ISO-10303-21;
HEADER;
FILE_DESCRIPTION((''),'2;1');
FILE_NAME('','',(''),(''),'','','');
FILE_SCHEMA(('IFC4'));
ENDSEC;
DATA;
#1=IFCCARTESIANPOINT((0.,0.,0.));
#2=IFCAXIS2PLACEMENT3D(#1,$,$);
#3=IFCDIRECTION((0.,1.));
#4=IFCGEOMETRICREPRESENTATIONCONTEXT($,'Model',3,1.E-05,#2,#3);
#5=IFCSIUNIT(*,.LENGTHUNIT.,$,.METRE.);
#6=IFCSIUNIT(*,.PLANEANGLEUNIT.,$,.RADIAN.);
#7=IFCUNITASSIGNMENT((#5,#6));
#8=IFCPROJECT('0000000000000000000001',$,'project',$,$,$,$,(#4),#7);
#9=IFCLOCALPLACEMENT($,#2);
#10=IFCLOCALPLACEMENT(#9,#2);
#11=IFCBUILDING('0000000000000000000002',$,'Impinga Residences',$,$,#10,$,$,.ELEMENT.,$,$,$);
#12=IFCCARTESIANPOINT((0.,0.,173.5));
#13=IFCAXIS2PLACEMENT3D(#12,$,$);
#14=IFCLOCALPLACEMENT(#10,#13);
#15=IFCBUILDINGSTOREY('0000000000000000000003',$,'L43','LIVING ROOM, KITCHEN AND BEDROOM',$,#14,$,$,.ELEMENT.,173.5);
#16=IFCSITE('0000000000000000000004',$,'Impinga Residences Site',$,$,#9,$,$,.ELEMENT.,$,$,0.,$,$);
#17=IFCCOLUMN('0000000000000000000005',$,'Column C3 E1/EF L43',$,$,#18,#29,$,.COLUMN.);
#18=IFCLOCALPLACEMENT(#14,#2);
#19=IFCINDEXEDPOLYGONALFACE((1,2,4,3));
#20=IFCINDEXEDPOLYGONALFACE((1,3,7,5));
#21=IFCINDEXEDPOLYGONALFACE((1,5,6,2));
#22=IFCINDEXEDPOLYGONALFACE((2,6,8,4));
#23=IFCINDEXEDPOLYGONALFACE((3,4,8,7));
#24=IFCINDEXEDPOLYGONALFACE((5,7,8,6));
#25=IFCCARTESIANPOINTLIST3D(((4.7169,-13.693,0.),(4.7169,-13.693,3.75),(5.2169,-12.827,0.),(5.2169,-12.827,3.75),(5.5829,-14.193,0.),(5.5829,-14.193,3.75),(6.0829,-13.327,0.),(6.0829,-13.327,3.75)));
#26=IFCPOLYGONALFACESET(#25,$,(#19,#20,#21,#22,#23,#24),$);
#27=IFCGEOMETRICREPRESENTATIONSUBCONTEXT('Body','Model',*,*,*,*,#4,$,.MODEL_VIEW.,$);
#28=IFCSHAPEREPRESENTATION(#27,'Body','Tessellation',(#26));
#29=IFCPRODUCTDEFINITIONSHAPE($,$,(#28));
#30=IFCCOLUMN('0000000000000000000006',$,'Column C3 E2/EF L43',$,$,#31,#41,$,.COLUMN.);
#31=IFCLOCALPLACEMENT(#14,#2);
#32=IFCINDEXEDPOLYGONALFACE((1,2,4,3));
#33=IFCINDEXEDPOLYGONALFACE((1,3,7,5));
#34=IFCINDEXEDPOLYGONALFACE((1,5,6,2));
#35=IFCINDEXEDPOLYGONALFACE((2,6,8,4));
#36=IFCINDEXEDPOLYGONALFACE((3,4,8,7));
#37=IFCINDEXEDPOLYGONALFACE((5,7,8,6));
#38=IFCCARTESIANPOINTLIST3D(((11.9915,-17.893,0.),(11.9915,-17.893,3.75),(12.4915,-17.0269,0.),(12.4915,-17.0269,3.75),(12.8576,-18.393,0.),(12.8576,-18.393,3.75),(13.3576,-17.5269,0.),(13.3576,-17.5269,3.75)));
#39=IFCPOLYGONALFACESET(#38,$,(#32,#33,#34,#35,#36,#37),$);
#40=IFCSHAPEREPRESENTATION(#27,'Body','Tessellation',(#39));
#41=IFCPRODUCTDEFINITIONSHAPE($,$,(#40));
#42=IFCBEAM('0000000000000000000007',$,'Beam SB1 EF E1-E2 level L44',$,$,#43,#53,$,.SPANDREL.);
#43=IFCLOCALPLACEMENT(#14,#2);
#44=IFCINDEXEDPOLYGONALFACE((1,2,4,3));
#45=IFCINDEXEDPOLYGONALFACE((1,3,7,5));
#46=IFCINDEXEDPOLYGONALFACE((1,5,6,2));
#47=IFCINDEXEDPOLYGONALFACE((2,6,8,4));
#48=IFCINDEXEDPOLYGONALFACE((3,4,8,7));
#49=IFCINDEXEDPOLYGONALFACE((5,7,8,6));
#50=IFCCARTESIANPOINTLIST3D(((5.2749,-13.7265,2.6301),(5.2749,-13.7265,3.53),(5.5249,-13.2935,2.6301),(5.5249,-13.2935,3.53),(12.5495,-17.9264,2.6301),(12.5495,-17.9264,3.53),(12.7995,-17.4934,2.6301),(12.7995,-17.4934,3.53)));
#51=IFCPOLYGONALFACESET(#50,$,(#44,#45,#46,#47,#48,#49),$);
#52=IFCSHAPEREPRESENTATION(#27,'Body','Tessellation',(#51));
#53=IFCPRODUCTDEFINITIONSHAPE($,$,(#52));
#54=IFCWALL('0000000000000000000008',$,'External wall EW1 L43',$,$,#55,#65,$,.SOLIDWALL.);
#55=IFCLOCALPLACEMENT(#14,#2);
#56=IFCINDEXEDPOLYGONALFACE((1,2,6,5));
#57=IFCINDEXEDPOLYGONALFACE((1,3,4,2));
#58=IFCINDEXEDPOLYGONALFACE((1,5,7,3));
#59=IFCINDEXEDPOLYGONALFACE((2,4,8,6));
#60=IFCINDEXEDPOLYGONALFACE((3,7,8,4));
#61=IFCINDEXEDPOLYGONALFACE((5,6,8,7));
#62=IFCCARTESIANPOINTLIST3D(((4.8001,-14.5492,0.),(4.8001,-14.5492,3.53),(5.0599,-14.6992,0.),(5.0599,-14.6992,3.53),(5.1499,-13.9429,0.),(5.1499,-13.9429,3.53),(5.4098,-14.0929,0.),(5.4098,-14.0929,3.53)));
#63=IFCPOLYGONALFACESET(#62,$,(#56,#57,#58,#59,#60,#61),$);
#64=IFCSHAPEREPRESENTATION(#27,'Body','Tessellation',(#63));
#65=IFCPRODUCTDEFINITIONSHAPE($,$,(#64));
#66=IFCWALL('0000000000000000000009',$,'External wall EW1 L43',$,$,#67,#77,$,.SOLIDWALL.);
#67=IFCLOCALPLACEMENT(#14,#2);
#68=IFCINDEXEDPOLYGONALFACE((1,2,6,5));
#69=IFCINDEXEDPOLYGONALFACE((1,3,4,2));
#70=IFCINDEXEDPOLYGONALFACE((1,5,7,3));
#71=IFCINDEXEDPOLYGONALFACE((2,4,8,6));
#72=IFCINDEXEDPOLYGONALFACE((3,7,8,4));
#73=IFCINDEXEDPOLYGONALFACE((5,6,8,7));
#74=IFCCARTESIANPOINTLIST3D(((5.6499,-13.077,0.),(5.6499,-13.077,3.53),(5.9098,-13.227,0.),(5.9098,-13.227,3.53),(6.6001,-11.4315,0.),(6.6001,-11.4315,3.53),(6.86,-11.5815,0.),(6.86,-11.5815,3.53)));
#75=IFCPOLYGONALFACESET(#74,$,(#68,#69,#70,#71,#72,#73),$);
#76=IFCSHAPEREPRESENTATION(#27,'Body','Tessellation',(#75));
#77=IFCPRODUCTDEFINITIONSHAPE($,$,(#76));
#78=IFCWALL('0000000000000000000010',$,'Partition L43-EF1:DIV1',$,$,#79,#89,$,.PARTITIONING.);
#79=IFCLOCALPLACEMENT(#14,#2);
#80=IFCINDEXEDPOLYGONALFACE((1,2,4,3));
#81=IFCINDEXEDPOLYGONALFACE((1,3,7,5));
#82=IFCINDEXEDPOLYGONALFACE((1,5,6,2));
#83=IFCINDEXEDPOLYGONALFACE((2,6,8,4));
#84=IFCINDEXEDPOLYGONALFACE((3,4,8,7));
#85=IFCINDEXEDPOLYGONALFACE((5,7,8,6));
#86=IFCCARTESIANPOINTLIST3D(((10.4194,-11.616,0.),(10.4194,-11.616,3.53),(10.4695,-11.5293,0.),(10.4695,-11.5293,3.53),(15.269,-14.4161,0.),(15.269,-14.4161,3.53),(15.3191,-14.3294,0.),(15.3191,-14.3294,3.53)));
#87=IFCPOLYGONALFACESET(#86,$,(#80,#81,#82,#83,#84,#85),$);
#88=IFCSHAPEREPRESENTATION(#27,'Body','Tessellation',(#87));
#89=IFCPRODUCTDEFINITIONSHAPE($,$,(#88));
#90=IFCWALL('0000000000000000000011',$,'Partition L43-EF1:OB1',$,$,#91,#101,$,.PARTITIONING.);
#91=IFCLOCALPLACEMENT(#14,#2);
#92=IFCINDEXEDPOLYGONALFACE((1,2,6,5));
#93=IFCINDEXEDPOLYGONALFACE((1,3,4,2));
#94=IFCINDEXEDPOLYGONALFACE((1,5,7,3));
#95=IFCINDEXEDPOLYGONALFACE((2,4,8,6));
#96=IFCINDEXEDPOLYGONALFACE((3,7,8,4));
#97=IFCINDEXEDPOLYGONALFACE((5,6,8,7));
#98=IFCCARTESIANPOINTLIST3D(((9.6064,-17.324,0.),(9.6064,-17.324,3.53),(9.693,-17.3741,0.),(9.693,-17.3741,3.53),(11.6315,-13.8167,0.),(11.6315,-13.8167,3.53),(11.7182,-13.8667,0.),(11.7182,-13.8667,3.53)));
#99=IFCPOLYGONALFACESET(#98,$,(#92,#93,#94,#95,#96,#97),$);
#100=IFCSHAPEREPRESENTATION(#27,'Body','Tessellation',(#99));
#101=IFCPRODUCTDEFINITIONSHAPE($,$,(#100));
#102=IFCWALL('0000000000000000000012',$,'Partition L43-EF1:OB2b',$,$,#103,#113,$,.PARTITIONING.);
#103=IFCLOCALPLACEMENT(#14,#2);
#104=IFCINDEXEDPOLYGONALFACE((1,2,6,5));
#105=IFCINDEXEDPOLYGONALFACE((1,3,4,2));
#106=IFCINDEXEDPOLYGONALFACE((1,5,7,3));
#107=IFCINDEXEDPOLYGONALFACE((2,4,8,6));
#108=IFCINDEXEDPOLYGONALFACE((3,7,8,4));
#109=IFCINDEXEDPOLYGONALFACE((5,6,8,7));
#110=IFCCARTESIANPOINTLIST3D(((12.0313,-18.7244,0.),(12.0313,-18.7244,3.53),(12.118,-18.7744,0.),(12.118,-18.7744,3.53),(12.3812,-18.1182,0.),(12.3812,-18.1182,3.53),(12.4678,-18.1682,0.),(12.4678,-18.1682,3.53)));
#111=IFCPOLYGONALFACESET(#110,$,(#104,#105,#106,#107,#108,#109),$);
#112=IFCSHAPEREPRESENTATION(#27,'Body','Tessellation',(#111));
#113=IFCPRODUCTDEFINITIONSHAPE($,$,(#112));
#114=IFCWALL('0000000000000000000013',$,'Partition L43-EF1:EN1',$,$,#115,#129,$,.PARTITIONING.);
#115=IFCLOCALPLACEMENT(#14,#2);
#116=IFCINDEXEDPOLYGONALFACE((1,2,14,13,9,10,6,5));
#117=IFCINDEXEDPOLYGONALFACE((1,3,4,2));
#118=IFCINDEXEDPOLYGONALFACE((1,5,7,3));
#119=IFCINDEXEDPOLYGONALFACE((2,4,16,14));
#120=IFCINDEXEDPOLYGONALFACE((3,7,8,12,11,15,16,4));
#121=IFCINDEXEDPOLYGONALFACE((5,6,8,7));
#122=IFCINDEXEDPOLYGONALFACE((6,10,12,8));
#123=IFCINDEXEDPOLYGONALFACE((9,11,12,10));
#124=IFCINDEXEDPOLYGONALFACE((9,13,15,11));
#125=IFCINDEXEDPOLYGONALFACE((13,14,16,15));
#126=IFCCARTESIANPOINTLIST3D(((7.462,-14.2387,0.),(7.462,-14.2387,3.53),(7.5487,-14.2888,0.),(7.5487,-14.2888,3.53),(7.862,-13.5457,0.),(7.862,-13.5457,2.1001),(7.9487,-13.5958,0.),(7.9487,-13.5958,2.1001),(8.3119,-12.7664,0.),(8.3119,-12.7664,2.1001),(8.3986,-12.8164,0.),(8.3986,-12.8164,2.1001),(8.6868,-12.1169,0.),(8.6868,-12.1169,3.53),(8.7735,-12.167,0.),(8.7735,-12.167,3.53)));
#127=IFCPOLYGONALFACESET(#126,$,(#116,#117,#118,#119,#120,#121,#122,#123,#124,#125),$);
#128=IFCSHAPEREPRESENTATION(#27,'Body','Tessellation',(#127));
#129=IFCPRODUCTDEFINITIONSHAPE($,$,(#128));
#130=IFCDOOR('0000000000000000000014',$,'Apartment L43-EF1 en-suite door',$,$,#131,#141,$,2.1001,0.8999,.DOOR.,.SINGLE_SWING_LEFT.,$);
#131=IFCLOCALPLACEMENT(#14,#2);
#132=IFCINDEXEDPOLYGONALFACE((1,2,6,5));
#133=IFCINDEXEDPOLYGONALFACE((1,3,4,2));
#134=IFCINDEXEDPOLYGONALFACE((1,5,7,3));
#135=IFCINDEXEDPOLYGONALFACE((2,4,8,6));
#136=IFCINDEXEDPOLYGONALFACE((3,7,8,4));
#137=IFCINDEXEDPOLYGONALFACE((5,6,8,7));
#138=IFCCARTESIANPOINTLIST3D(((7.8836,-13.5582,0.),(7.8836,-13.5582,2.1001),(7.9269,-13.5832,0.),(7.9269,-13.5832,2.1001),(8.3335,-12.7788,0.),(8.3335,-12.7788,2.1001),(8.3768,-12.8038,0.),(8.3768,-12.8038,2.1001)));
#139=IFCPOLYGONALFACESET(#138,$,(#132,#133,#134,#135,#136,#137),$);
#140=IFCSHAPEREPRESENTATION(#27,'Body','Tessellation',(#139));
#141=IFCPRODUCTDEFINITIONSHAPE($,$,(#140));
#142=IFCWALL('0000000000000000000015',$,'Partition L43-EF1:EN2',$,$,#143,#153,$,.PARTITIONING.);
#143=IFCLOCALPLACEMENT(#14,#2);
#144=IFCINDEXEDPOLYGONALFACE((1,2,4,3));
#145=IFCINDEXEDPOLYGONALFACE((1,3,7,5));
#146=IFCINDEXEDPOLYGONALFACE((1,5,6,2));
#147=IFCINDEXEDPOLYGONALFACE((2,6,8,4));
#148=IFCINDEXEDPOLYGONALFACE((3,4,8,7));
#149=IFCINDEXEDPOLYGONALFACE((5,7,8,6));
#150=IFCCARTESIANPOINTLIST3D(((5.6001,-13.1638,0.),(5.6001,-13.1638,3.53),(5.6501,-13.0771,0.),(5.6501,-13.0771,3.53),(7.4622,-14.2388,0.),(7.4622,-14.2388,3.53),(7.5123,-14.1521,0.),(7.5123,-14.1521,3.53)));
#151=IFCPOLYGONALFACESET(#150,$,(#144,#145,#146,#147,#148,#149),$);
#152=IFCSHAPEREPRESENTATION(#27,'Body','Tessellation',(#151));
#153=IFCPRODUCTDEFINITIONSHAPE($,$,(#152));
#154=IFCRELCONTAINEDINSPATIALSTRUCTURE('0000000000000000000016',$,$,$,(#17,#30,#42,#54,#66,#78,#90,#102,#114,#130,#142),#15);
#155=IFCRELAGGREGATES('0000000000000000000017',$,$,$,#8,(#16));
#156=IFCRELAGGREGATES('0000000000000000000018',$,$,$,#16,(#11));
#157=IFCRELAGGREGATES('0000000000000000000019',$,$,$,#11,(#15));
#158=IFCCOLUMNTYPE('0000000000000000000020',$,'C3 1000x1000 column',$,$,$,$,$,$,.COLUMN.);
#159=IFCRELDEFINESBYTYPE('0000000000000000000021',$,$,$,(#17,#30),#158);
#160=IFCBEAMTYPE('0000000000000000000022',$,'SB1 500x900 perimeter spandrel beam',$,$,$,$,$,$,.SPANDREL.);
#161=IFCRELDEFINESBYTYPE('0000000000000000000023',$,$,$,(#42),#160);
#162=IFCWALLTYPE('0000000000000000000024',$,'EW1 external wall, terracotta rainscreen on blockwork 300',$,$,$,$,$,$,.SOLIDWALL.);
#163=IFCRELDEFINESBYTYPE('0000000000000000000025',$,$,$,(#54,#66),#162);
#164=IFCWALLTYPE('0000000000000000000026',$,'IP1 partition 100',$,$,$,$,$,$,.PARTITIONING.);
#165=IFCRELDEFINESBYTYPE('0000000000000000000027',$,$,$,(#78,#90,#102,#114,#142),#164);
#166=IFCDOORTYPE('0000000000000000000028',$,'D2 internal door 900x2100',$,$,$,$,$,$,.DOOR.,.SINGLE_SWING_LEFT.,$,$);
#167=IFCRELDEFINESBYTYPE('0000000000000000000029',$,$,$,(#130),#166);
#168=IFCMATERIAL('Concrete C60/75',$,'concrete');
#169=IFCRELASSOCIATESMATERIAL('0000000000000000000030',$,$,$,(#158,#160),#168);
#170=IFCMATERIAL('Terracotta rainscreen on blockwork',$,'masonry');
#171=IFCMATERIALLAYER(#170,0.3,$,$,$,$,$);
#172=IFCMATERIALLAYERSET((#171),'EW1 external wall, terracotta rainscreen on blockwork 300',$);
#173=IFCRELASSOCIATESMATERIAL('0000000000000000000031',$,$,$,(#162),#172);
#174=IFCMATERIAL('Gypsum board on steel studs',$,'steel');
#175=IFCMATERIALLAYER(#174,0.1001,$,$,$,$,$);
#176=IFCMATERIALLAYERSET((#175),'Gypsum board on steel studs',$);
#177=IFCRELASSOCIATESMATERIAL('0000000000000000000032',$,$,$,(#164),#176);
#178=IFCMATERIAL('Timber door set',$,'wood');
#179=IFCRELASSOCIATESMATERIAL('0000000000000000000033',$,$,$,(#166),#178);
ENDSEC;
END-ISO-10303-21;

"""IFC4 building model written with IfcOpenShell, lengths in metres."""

from ifc_helpers import new_model, si_unit, direction, frame, frame_2d, origin, origin_2d, place, context, subcontext, project, spatial, rectangle, extrude, material, layer, layer_set, material_profile, profile_set, type_object, element, fill, save


model = new_model("IFC4")

# Units and contexts
model_context = context("Model", 3, precision=1e-05, world=origin(), true_north=direction((0.0, 1.0)))
body_context = subcontext(model_context, "Body", "Model", "MODEL_VIEW")
ifc_project = project(units=[si_unit("LENGTHUNIT", "METRE"), si_unit("PLANEANGLEUNIT", "RADIAN")], contexts=[model_context])

# Site, building, storey
site_placement = place(None, origin())
site = spatial("IfcSite", under=ifc_project, at=site_placement, Name="Impinga Residences Site", CompositionType="ELEMENT", RefElevation=0.0)
building_placement = place(site_placement, origin())
building = spatial("IfcBuilding", under=site, at=building_placement, Name="Impinga Residences", CompositionType="ELEMENT")
storey_placement = place(building_placement, frame((0.0, 0.0, 173.5)))
storey = spatial("IfcBuildingStorey", under=building, at=storey_placement, Name="L43", Description="LIVING ROOM, KITCHEN AND BEDROOM", CompositionType="ELEMENT", Elevation=173.5)

# Columns
ifc_material_1 = material(Name="Concrete C60/75", Category="concrete")
ifc_material_profile_1 = material_profile(ifc_material_1, rectangle(XDim=1.0, YDim=1.0, at=origin_2d()), Name="RC 1000x1000")
ifc_profile_set_1 = profile_set([ifc_material_profile_1], Name="Concrete C60/75")
column_type = type_object("IfcColumnType", Name="C3 1000x1000 column", PredefinedType="COLUMN", material=ifc_profile_set_1)
for number, where, z_axis, x_axis, name in (
    (1, (5.3999, -13.51, 0.0), (0.0, 0.0, 1.0), (-0.5, -0.866025, 0.0), "Column C3 E1/EF L43"),
    (2, (12.6746, -17.71, 0.0), (0.0, 0.0, 1.0), (-0.5, -0.866025, 0.0), "Column C3 E2/EF L43"),
):
    element("IfcColumn", number, at=place(storey_placement, frame(where, z_axis=z_axis, x_axis=x_axis)), inside=storey, type_object=column_type, Name=name, PredefinedType="COLUMN", context=body_context, shape_type="SweptSolid", body=[
        extrude(rectangle(XDim=1.0, YDim=1.0, at=origin_2d()), origin(), (0.0, 0.0, 1.0), 3.75),
    ])

# Beam
ifc_material_profile_2 = material_profile(ifc_material_1, rectangle(XDim=0.5, YDim=0.8999, at=origin_2d()), Name="RC 500x900")
ifc_profile_set_2 = profile_set([ifc_material_profile_2], Name="Concrete C60/75")
beam_type = type_object("IfcBeamType", Name="SB1 500x900 perimeter spandrel beam", PredefinedType="SPANDREL", material=ifc_profile_set_2)
beam_placement = place(storey_placement, frame((5.3999, -13.51, 3.0801), z_axis=(0.866029, -0.499993, 0.0), x_axis=(0.499993, 0.866029, 0.0)))
element("IfcBeam", 3, at=beam_placement, inside=storey, type_object=beam_type, Name="Beam SB1 EF E1-E2 level L44", PredefinedType="SPANDREL", context=body_context, shape_type="SweptSolid", body=[
    extrude(rectangle(XDim=0.5, YDim=0.8999, at=origin_2d()), origin(), (0.0, 0.0, 1.0), 8.3999),
])

# Walls
ifc_material_2 = material(Name="Terracotta rainscreen on blockwork", Category="masonry")
ifc_layer_1 = layer(ifc_material_2, 0.3)
ifc_layer_set_1 = layer_set([ifc_layer_1], Name="EW1 external wall, terracotta rainscreen on blockwork 300")
wall_type_1 = type_object("IfcWallType", Name="EW1 external wall, terracotta rainscreen on blockwork 300", PredefinedType="SOLIDWALL", material=ifc_layer_set_1)
wall_1_placement = place(storey_placement, frame((4.9299, -14.6243, 0.0), z_axis=(0.0, 0.0, 1.0), x_axis=(0.499853, 0.86611, 0.0)))
element("IfcWall", 4, at=wall_1_placement, inside=storey, type_object=wall_type_1, Name="External wall EW1 L43", PredefinedType="SOLIDWALL", context=body_context, shape_type="SweptSolid", body=[
    extrude(rectangle(XDim=0.7, YDim=0.3, at=frame_2d((0.3501, 0.0))), origin(), (0.0, 0.0, 1.0), 3.53),
])
wall_2_placement = place(storey_placement, frame((5.7798, -13.1521, 0.0), z_axis=(0.0, 0.0, 1.0), x_axis=(0.500064, 0.865989, 0.0)))
element("IfcWall", 5, at=wall_2_placement, inside=storey, type_object=wall_type_1, Name="External wall EW1 L43", PredefinedType="SOLIDWALL", context=body_context, shape_type="SweptSolid", body=[
    extrude(rectangle(XDim=1.9001, YDim=0.3, at=frame_2d((0.9502, 0.0))), origin(), (0.0, 0.0, 1.0), 3.53),
])
ifc_material_3 = material(Name="Gypsum board on steel studs", Category="steel")
ifc_layer_2 = layer(ifc_material_3, 0.1001)
ifc_layer_set_2 = layer_set([ifc_layer_2], Name="Gypsum board on steel studs")
wall_type_2 = type_object("IfcWallType", Name="IP1 partition 100", PredefinedType="PARTITIONING", material=ifc_layer_set_2)
wall_3_placement = place(storey_placement, frame((10.4446, -11.5728, 0.0), z_axis=(0.0, 0.0, 1.0), x_axis=(0.866016, -0.500017, 0.0)))
element("IfcWall", 6, at=wall_3_placement, inside=storey, type_object=wall_type_2, Name="Partition L43-EF1:DIV1", PredefinedType="PARTITIONING", context=body_context, shape_type="SweptSolid", body=[
    extrude(rectangle(XDim=5.5999, YDim=0.1001, at=frame_2d((2.7998, 0.0))), origin(), (0.0, 0.0, 1.0), 3.53),
])
wall_4_placement = place(storey_placement, frame((11.6748, -13.8418, 0.0), z_axis=(0.0, 0.0, 1.0), x_axis=(-0.500036, -0.866005, 0.0)))
element("IfcWall", 7, at=wall_4_placement, inside=storey, type_object=wall_type_2, Name="Partition L43-EF1:OB1", PredefinedType="PARTITIONING", context=body_context, shape_type="SweptSolid", body=[
    extrude(rectangle(XDim=4.05, YDim=0.1001, at=frame_2d((2.0249, 0.0))), origin(), (0.0, 0.0, 1.0), 3.53),
])
wall_5_placement = place(storey_placement, frame((12.4246, -18.1431, 0.0), z_axis=(0.0, 0.0, 1.0), x_axis=(-0.499853, -0.86611, 0.0)))
element("IfcWall", 8, at=wall_5_placement, inside=storey, type_object=wall_type_2, Name="Partition L43-EF1:OB2b", PredefinedType="PARTITIONING", context=body_context, shape_type="SweptSolid", body=[
    extrude(rectangle(XDim=0.7, YDim=0.1001, at=frame_2d((0.3501, 0.0))), origin(), (0.0, 0.0, 1.0), 3.53),
])

# Wall, opening, door
wall_6_placement = place(storey_placement, frame((8.7302, -12.1418, 0.0), z_axis=(0.0, 0.0, 1.0), x_axis=(-0.499944, -0.866058, 0.0)))
wall_6 = element("IfcWall", 9, at=wall_6_placement, inside=storey, type_object=wall_type_2, Name="Partition L43-EF1:EN1", PredefinedType="PARTITIONING", context=body_context, shape_type="SweptSolid", body=[
    extrude(rectangle(XDim=2.45, YDim=0.1001, at=frame_2d((1.2251, 0.0))), origin(), (0.0, 0.0, 1.0), 3.53),
])
opening_placement = place(wall_6_placement, frame((0.75, 0.0, 0.0)))
opening = element("IfcOpeningElement", 10, at=opening_placement, cuts=wall_6, PredefinedType="OPENING", context=body_context, shape_type="SweptSolid", body=[
    extrude(rectangle(XDim=0.8999, YDim=2.1001, at=frame_2d((0.45, 1.05))), frame((0.0, 0.0601, 0.0), z_axis=(0.0, -1.0, 0.0), x_axis=(1.0, 0.0, 0.0)), (0.0, 0.0, 1.0), 0.1201),
])
ifc_material_4 = material(Name="Timber door set", Category="wood")
door_type = type_object("IfcDoorType", Name="D2 internal door 900x2100", OperationType="SINGLE_SWING_LEFT", PredefinedType="DOOR", material=ifc_material_4)
door_placement = place(opening_placement, origin())
door = element("IfcDoor", 11, at=door_placement, inside=storey, type_object=door_type, Name="Apartment L43-EF1 en-suite door", OperationType="SINGLE_SWING_LEFT", OverallHeight=2.1001, OverallWidth=0.8999, PredefinedType="DOOR", context=body_context, shape_type="SweptSolid", body=[
    extrude(rectangle(XDim=0.8999, YDim=2.1001, at=frame_2d((0.45, 1.05))), frame((0.0, 0.0249, 0.0), z_axis=(0.0, -1.0, 0.0), x_axis=(1.0, 0.0, 0.0)), (0.0, 0.0, 1.0), 0.05),
])
fill(opening, door)

# Wall
wall_7_placement = place(storey_placement, frame((5.625, -13.1204, 0.0), z_axis=(0.0, 0.0, 1.0), x_axis=(0.866048, -0.499962, 0.0)))
element("IfcWall", 12, at=wall_7_placement, inside=storey, type_object=wall_type_2, Name="Partition L43-EF1:EN2", PredefinedType="PARTITIONING", context=body_context, shape_type="SweptSolid", body=[
    extrude(rectangle(XDim=2.1501, YDim=0.1001, at=frame_2d((1.0752, 0.0))), origin(), (0.0, 0.0, 1.0), 3.53),
])

save(model, "model.ifc")
